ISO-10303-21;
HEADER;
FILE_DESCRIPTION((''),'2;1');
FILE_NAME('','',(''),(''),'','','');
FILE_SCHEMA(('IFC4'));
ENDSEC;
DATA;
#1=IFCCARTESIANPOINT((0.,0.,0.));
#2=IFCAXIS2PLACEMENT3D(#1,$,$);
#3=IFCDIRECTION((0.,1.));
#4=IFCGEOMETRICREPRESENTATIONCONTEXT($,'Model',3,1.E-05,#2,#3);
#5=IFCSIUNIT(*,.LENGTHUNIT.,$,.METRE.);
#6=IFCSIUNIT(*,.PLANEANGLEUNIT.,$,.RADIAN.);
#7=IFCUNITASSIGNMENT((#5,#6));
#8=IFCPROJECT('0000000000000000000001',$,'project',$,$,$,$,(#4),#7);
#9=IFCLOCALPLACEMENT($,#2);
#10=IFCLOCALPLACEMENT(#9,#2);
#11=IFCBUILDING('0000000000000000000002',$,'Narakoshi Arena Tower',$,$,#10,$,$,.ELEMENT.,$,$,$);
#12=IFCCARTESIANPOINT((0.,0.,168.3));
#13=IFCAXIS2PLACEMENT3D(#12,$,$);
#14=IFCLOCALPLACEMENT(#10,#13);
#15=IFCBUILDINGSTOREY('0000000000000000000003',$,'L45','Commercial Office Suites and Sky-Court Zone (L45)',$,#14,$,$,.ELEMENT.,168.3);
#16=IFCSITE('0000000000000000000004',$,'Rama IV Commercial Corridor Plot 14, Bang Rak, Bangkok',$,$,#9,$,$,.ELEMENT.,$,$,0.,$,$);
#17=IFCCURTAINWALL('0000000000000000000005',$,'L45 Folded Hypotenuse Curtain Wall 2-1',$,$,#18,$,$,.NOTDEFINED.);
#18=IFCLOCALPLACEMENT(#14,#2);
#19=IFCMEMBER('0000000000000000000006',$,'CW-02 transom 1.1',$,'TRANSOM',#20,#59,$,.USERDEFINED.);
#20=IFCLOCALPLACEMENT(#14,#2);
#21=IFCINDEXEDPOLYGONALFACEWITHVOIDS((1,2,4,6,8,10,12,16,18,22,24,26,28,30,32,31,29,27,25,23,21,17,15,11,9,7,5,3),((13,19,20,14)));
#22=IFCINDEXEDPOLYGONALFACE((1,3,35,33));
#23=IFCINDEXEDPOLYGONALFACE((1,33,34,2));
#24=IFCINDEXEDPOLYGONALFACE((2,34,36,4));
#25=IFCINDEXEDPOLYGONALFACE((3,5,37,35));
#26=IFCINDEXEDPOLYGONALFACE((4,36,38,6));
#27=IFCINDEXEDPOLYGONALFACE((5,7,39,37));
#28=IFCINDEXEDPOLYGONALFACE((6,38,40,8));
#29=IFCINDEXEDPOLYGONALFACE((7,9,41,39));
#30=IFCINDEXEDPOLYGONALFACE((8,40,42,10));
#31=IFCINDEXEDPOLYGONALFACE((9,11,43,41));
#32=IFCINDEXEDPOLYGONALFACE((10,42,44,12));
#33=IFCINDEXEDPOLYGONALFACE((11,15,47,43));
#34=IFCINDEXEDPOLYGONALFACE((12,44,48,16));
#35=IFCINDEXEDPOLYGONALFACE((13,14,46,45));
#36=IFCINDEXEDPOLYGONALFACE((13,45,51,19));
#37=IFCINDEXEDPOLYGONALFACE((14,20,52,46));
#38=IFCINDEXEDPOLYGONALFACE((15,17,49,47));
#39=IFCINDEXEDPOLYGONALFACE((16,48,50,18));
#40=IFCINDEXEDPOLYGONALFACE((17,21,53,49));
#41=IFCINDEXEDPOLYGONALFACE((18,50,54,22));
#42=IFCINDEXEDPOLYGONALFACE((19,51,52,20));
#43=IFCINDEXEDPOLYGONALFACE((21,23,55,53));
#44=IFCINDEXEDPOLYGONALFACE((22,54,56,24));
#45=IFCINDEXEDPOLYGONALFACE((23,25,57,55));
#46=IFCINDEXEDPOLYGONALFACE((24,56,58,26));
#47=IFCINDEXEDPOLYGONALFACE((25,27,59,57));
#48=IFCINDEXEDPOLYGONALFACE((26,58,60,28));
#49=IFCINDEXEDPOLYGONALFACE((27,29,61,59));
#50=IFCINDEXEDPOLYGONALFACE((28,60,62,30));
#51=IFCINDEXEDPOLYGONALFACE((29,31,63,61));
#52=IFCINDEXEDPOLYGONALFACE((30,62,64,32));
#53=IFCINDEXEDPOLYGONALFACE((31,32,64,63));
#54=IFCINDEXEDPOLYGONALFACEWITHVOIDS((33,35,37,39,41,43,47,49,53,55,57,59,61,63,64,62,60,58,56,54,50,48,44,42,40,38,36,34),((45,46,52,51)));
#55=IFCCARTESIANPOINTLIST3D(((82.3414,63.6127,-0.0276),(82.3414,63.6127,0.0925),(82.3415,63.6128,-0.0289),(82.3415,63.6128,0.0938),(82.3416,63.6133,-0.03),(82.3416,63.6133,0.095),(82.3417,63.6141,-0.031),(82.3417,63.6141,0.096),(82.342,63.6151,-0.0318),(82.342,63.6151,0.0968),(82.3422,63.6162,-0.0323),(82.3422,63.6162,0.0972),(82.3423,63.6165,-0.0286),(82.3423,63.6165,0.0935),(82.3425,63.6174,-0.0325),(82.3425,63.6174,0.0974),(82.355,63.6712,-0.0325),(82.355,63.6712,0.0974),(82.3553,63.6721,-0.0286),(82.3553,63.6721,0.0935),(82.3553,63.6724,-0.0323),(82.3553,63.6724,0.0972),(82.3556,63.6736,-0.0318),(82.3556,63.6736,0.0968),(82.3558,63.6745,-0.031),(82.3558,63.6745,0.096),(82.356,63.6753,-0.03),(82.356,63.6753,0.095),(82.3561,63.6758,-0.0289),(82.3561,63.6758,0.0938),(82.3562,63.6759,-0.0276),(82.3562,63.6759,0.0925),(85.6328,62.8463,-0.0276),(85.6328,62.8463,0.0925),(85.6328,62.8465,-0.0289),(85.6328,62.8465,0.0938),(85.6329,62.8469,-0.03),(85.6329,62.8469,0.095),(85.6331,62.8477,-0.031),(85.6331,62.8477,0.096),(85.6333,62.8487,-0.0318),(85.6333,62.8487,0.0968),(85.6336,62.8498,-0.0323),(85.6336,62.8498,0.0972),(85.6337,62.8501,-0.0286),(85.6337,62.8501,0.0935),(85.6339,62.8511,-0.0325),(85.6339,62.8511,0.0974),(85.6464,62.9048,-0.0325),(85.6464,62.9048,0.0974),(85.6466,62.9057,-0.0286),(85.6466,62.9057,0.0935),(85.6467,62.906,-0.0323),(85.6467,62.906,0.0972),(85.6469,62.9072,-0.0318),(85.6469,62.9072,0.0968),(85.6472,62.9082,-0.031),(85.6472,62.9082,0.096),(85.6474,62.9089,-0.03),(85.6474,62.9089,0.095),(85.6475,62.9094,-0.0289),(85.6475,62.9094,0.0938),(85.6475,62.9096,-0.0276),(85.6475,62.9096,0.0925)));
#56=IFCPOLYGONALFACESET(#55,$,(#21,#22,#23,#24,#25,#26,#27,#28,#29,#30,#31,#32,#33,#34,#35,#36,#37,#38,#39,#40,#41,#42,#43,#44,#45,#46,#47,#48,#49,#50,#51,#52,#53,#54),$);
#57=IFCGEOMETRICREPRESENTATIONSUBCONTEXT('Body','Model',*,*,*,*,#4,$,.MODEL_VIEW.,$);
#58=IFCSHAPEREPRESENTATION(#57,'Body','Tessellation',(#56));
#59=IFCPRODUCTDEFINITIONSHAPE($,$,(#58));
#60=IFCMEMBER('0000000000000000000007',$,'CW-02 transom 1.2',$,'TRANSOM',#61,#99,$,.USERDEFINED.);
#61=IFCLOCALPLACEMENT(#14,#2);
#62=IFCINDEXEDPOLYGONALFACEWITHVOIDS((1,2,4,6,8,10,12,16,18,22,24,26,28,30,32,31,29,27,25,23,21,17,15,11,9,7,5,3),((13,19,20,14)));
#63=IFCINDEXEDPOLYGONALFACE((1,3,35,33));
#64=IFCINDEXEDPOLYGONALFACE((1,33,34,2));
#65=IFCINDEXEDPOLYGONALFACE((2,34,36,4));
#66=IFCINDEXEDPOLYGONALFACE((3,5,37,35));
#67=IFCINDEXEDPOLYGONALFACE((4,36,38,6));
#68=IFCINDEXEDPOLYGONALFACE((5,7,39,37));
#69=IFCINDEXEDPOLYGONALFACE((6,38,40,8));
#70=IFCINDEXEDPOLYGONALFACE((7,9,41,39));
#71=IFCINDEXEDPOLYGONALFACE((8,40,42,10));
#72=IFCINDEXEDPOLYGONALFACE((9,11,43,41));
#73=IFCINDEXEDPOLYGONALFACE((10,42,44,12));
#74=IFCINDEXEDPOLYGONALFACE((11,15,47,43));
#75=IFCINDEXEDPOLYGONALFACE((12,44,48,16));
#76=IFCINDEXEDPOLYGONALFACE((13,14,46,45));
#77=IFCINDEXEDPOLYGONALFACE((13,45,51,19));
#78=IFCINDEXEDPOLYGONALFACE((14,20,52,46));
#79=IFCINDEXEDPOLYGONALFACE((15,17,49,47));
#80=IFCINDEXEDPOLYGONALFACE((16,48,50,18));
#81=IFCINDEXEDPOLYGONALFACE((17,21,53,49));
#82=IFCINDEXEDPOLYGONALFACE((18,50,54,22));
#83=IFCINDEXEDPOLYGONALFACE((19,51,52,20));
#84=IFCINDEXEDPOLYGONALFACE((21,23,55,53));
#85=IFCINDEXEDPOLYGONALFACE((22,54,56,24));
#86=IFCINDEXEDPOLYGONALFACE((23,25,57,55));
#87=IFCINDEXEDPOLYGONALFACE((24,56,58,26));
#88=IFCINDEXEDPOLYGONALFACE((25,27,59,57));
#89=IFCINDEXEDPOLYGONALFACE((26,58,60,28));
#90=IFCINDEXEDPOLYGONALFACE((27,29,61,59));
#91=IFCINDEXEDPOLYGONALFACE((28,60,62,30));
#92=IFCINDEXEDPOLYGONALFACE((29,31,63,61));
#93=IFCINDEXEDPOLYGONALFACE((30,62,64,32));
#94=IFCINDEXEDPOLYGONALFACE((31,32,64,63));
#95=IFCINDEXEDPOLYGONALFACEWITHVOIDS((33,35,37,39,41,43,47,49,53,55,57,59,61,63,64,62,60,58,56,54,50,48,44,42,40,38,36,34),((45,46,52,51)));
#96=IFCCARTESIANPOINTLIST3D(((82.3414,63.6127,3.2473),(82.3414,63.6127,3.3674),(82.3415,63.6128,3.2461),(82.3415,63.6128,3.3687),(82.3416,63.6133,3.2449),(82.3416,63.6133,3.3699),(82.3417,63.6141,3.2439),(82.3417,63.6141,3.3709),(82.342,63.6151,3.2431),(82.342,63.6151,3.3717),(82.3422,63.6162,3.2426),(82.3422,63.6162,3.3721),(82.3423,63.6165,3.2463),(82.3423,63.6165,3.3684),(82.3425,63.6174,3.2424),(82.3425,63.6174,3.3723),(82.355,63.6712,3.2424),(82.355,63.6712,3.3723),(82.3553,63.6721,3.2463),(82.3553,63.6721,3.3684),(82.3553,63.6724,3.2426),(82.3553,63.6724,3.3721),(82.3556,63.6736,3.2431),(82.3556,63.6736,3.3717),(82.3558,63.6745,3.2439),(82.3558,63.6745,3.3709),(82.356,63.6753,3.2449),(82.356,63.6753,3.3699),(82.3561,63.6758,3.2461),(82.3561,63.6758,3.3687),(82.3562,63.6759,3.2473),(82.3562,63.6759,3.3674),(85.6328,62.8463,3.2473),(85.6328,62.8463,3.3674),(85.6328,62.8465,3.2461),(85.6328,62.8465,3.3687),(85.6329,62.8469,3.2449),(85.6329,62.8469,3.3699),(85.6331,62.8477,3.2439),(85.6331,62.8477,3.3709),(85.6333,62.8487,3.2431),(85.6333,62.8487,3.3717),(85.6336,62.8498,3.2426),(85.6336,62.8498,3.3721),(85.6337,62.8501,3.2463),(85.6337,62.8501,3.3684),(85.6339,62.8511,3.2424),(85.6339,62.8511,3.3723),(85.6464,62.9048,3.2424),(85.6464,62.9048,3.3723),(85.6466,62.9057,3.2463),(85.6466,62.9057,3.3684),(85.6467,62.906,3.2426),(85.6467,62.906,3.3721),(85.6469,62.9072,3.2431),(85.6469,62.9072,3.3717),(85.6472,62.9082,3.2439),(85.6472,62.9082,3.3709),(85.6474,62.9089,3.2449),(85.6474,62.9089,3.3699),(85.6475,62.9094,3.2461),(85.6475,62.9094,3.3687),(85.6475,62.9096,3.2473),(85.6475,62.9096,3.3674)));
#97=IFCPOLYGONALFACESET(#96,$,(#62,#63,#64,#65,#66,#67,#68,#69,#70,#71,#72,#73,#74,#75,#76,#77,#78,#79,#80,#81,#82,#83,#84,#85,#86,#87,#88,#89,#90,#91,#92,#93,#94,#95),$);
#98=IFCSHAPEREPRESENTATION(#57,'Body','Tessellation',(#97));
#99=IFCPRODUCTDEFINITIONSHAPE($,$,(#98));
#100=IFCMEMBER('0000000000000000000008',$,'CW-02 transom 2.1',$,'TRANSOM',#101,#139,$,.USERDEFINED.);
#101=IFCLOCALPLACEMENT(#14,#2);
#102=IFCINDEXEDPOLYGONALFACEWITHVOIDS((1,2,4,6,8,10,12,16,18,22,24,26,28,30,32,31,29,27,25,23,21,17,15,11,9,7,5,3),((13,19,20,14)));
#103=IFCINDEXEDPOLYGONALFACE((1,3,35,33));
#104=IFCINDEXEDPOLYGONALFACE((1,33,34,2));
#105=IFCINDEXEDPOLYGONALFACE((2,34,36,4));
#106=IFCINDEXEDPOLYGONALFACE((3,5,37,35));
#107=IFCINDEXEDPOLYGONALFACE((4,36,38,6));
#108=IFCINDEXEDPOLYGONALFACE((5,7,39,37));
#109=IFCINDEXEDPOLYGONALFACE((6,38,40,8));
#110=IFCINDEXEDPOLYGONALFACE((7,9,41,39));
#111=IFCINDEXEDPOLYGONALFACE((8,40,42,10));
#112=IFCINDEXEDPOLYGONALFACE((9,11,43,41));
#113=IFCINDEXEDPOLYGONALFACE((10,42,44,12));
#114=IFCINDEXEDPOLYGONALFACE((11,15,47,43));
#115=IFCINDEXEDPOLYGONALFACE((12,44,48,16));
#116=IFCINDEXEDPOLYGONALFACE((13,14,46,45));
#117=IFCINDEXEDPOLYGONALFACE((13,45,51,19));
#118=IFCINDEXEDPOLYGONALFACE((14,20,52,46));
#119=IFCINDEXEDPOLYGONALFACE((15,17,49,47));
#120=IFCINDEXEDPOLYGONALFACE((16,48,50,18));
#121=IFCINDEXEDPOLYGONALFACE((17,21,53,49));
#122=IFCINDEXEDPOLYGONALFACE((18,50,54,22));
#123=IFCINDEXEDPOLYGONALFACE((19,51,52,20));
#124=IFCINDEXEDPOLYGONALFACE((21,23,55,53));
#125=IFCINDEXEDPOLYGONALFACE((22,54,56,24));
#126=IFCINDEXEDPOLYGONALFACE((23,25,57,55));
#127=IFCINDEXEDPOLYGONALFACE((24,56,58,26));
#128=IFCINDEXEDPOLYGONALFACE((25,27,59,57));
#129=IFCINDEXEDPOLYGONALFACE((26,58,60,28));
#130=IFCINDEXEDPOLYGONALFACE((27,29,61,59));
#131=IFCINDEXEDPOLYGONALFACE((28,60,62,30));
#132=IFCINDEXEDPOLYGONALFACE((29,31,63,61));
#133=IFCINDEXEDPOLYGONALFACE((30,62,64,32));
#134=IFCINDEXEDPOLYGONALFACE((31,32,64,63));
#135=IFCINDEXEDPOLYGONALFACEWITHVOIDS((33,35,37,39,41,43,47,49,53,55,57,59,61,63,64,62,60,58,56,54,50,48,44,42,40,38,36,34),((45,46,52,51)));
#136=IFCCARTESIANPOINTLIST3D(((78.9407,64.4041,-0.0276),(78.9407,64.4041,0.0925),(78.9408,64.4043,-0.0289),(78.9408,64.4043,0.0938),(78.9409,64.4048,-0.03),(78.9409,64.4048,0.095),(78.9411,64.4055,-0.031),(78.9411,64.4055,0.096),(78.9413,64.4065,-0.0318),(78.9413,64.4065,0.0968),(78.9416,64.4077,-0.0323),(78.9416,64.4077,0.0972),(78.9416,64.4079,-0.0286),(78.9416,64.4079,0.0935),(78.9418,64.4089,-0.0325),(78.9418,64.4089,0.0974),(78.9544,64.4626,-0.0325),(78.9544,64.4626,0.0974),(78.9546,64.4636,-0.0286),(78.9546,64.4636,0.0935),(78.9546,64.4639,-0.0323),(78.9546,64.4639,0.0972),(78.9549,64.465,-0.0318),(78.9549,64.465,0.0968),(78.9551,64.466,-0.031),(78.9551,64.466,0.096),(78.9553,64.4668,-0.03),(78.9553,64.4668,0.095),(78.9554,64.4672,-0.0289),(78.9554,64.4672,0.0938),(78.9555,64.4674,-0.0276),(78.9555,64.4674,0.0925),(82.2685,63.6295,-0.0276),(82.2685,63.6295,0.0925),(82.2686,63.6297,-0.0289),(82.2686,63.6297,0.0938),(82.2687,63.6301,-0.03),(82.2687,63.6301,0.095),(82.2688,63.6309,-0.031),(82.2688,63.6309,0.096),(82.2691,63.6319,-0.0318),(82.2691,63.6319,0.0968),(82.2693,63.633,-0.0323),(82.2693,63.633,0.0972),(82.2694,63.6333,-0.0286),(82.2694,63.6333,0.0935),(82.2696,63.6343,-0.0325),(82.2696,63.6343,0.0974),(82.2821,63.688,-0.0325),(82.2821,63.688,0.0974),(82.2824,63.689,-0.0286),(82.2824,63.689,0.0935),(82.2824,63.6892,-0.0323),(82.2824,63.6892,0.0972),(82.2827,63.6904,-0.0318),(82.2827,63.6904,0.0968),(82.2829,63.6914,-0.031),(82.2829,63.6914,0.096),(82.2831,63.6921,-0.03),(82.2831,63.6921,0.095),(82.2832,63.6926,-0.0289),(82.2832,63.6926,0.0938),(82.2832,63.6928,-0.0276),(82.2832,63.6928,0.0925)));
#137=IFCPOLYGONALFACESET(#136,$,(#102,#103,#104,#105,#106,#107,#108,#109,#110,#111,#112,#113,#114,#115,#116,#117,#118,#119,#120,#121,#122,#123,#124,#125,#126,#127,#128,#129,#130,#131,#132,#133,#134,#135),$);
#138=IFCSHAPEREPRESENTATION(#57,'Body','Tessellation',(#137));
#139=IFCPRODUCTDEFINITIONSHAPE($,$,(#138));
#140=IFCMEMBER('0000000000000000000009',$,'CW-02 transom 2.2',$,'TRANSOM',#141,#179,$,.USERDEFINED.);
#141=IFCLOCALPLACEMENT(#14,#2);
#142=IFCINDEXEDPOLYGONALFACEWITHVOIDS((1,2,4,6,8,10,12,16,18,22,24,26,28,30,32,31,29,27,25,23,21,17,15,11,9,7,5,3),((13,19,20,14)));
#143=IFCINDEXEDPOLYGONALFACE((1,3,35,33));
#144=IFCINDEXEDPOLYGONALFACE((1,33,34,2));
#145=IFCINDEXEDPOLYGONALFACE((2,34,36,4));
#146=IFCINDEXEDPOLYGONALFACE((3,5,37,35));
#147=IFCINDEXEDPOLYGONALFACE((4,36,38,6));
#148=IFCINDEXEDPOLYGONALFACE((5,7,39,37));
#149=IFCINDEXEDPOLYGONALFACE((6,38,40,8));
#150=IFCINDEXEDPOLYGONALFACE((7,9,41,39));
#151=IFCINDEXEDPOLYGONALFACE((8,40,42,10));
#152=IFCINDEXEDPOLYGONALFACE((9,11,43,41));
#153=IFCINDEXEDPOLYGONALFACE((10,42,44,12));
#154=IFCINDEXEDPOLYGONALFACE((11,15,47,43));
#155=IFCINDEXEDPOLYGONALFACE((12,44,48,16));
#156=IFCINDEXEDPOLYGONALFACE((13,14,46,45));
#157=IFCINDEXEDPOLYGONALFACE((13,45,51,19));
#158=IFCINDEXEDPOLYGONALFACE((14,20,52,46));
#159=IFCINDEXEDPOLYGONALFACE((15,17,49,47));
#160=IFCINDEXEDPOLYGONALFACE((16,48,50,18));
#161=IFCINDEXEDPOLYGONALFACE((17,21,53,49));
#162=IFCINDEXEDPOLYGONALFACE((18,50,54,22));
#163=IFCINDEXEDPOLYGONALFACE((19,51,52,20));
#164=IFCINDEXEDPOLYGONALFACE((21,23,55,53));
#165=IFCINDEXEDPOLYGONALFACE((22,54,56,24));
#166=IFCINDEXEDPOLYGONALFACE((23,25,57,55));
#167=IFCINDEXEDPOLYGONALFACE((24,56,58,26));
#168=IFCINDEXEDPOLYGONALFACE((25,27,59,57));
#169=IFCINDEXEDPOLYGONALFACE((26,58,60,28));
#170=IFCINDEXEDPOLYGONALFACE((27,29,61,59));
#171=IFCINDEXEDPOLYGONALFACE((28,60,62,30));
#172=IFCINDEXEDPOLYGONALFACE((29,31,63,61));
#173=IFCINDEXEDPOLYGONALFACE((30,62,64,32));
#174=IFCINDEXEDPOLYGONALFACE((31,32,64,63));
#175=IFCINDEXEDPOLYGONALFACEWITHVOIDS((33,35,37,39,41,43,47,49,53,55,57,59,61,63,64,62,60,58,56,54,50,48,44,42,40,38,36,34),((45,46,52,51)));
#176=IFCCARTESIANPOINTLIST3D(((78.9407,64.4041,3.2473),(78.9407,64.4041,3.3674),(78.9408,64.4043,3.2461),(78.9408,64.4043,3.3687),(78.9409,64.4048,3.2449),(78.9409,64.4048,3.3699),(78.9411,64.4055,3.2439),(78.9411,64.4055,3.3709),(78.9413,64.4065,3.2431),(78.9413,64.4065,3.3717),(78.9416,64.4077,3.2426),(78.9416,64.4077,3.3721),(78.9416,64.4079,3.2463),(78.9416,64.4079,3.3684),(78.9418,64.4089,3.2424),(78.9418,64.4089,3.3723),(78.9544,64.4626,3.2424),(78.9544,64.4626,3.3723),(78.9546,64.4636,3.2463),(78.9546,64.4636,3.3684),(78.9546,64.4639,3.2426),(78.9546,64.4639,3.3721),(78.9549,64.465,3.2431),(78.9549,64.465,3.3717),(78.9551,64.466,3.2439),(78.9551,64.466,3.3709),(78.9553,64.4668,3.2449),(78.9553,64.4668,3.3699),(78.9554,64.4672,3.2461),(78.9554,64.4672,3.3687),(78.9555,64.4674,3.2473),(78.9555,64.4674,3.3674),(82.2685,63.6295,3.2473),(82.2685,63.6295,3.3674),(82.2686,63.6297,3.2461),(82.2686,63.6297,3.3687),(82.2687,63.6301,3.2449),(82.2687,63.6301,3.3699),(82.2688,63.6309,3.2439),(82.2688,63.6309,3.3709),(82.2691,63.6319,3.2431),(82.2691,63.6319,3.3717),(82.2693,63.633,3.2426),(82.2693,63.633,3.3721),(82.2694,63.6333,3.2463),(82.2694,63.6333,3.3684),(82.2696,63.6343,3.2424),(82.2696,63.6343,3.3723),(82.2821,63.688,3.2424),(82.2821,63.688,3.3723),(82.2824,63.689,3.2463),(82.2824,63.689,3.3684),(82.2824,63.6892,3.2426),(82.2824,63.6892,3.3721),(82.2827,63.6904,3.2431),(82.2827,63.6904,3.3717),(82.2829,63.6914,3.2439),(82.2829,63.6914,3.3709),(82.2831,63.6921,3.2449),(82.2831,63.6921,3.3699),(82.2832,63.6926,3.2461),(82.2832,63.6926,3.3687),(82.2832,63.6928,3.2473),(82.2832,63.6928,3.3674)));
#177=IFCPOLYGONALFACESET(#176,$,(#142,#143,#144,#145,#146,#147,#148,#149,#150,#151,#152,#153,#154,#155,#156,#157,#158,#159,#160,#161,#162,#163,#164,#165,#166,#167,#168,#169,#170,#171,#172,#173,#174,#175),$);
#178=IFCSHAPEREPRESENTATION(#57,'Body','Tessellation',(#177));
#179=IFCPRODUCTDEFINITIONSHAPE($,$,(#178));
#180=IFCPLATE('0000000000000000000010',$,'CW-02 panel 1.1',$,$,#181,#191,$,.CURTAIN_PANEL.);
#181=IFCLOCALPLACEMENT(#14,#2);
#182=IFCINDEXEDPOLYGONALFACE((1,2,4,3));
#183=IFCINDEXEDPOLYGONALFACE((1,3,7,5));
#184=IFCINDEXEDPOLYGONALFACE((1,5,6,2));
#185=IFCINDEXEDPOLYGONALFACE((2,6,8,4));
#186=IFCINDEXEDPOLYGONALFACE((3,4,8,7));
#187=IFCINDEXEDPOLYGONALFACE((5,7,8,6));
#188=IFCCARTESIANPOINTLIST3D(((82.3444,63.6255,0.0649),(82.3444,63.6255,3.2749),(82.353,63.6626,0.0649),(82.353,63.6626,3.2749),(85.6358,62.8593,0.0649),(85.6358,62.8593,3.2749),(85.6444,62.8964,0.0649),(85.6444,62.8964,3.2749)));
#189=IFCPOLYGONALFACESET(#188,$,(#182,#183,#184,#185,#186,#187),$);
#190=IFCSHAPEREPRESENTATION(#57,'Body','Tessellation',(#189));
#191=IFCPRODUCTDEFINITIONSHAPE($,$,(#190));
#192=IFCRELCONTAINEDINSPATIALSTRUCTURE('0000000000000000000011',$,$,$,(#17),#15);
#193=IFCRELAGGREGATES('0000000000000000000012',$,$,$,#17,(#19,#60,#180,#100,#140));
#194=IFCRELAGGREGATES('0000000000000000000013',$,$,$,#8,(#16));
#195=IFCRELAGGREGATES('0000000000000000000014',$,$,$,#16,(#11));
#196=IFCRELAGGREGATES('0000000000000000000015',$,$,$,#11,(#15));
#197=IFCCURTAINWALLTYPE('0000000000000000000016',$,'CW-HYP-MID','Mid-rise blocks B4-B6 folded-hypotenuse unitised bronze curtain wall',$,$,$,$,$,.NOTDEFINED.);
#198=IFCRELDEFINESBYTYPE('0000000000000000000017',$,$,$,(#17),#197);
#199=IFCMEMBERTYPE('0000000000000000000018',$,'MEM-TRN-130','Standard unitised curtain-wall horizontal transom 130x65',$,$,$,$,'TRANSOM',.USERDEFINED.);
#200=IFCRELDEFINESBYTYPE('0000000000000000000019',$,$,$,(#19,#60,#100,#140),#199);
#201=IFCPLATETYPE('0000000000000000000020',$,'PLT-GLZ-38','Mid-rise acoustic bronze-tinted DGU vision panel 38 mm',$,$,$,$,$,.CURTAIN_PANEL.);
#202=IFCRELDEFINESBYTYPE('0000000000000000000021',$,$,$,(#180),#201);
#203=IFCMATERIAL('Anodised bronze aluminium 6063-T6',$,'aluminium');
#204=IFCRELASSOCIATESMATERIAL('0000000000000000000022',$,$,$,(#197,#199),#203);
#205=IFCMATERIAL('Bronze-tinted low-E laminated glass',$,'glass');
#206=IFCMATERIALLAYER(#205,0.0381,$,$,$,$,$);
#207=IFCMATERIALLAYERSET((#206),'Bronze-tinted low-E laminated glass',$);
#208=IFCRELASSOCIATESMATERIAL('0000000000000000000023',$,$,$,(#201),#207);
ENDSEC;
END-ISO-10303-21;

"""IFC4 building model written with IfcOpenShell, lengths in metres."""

from ifc_helpers import new_model, si_unit, direction, frame, origin, origin_2d, place, context, subcontext, project, spatial, rectangle, hollow_rectangle, extrude, material, layer, layer_set, material_profile, profile_set, type_object, element, aggregate, save


model = new_model("IFC4")

# Units and contexts
model_context = context("Model", 3, precision=1e-05, world=origin(), true_north=direction((0.0, 1.0)))
body_context = subcontext(model_context, "Body", "Model", "MODEL_VIEW")
ifc_project = project(units=[si_unit("LENGTHUNIT", "METRE"), si_unit("PLANEANGLEUNIT", "RADIAN")], contexts=[model_context])

# Site, building, storey
site_placement = place(None, origin())
site = spatial("IfcSite", under=ifc_project, at=site_placement, Name="Rama IV Commercial Corridor Plot 14, Bang Rak, Bangkok", CompositionType="ELEMENT", RefElevation=0.0)
building_placement = place(site_placement, origin())
building = spatial("IfcBuilding", under=site, at=building_placement, Name="Narakoshi Arena Tower", CompositionType="ELEMENT")
storey_placement = place(building_placement, frame((0.0, 0.0, 168.3)))
storey = spatial("IfcBuildingStorey", under=building, at=storey_placement, Name="L45", Description="Commercial Office Suites and Sky-Court Zone (L45)", CompositionType="ELEMENT", Elevation=168.3)

# Shared definitions
ifc_material_1 = material(Name="Anodised bronze aluminium 6063-T6", Category="aluminium")
curtain_wall_type = type_object("IfcCurtainWallType", Name="CW-HYP-MID", Description="Mid-rise blocks B4-B6 folded-hypotenuse unitised bronze curtain wall", PredefinedType="NOTDEFINED", material=ifc_material_1)

# Curtain wall, members, plate
curtain_wall_1_placement = place(storey_placement, origin())
curtain_wall_1 = element("IfcCurtainWall", 1, at=curtain_wall_1_placement, inside=storey, type_object=curtain_wall_type, Name="L45 Folded Hypotenuse Curtain Wall 2-1", PredefinedType="NOTDEFINED")
ifc_material_profile_1 = material_profile(ifc_material_1, hollow_rectangle(XDim=0.0649, YDim=0.1299, WallThickness=0.0039, OuterFilletRadius=0.0049, at=origin_2d()), Name="TRN130x65x4")
ifc_profile_set_1 = profile_set([ifc_material_profile_1], Name="Anodised bronze aluminium 6063-T6")
member_type_1 = type_object("IfcMemberType", Name="MEM-TRN-130", Description="Standard unitised curtain-wall horizontal transom 130x65", ElementType="TRANSOM", PredefinedType="USERDEFINED", material=ifc_profile_set_1)
member_1_placement = place(storey_placement, frame((85.6401, 62.8779, 0.0325), z_axis=(-0.973946, 0.22678, 0.0), x_axis=(-0.22678, -0.973946, 0.0)))
member_1 = element("IfcMember", 2, at=member_1_placement, type_object=member_type_1, Name="CW-02 transom 1.1", ObjectType="TRANSOM", PredefinedType="USERDEFINED", context=body_context, shape_type="SweptSolid", body=[
    extrude(hollow_rectangle(XDim=0.0649, YDim=0.1299, WallThickness=0.0039, OuterFilletRadius=0.0049, at=origin_2d()), origin(), (0.0, 0.0, 1.0), 3.3794),
])
member_2_placement = place(storey_placement, frame((85.6401, 62.8779, 3.3074), z_axis=(-0.973946, 0.22678, 0.0), x_axis=(-0.22678, -0.973946, 0.0)))
member_2 = element("IfcMember", 3, at=member_2_placement, type_object=member_type_1, Name="CW-02 transom 1.2", ObjectType="TRANSOM", PredefinedType="USERDEFINED", context=body_context, shape_type="SweptSolid", body=[
    extrude(hollow_rectangle(XDim=0.0649, YDim=0.1299, WallThickness=0.0039, OuterFilletRadius=0.0049, at=origin_2d()), origin(), (0.0, 0.0, 1.0), 3.3794),
])
member_3_placement = place(storey_placement, frame((82.2759, 63.6611, 0.0325), z_axis=(-0.973961, 0.226717, 0.0), x_axis=(-0.226717, -0.973961, 0.0)))
member_3 = element("IfcMember", 4, at=member_3_placement, type_object=member_type_1, Name="CW-02 transom 2.1", ObjectType="TRANSOM", PredefinedType="USERDEFINED", context=body_context, shape_type="SweptSolid", body=[
    extrude(hollow_rectangle(XDim=0.0649, YDim=0.1299, WallThickness=0.0039, OuterFilletRadius=0.0049, at=origin_2d()), origin(), (0.0, 0.0, 1.0), 3.4167),
])
member_4_placement = place(storey_placement, frame((82.2759, 63.6611, 3.3074), z_axis=(-0.973961, 0.226717, 0.0), x_axis=(-0.226717, -0.973961, 0.0)))
member_4 = element("IfcMember", 5, at=member_4_placement, type_object=member_type_1, Name="CW-02 transom 2.2", ObjectType="TRANSOM", PredefinedType="USERDEFINED", context=body_context, shape_type="SweptSolid", body=[
    extrude(hollow_rectangle(XDim=0.0649, YDim=0.1299, WallThickness=0.0039, OuterFilletRadius=0.0049, at=origin_2d()), origin(), (0.0, 0.0, 1.0), 3.4167),
])
ifc_material_2 = material(Name="Bronze-tinted low-E laminated glass", Category="glass")
ifc_layer_1 = layer(ifc_material_2, 0.0381)
ifc_layer_set_1 = layer_set([ifc_layer_1], Name="Bronze-tinted low-E laminated glass")
plate_type = type_object("IfcPlateType", Name="PLT-GLZ-38", Description="Mid-rise acoustic bronze-tinted DGU vision panel 38 mm", PredefinedType="CURTAIN_PANEL", material=ifc_layer_set_1)
plate_1_placement = place(storey_placement, frame((83.9944, 63.261, 0.0649), z_axis=(0.0, 0.0, 1.0), x_axis=(-0.97396, 0.226721, 0.0)))
plate_1 = element("IfcPlate", 6, at=plate_1_placement, type_object=plate_type, Name="CW-02 panel 1.1", PredefinedType="CURTAIN_PANEL", context=body_context, shape_type="SweptSolid", body=[
    extrude(rectangle(XDim=3.3794, YDim=0.0381, at=origin_2d()), origin(), (0.0, 0.0, 1.0), 3.21),
])
aggregate(curtain_wall_1, [member_1, member_2, plate_1, member_3, member_4])

save(model, "model.ifc")
